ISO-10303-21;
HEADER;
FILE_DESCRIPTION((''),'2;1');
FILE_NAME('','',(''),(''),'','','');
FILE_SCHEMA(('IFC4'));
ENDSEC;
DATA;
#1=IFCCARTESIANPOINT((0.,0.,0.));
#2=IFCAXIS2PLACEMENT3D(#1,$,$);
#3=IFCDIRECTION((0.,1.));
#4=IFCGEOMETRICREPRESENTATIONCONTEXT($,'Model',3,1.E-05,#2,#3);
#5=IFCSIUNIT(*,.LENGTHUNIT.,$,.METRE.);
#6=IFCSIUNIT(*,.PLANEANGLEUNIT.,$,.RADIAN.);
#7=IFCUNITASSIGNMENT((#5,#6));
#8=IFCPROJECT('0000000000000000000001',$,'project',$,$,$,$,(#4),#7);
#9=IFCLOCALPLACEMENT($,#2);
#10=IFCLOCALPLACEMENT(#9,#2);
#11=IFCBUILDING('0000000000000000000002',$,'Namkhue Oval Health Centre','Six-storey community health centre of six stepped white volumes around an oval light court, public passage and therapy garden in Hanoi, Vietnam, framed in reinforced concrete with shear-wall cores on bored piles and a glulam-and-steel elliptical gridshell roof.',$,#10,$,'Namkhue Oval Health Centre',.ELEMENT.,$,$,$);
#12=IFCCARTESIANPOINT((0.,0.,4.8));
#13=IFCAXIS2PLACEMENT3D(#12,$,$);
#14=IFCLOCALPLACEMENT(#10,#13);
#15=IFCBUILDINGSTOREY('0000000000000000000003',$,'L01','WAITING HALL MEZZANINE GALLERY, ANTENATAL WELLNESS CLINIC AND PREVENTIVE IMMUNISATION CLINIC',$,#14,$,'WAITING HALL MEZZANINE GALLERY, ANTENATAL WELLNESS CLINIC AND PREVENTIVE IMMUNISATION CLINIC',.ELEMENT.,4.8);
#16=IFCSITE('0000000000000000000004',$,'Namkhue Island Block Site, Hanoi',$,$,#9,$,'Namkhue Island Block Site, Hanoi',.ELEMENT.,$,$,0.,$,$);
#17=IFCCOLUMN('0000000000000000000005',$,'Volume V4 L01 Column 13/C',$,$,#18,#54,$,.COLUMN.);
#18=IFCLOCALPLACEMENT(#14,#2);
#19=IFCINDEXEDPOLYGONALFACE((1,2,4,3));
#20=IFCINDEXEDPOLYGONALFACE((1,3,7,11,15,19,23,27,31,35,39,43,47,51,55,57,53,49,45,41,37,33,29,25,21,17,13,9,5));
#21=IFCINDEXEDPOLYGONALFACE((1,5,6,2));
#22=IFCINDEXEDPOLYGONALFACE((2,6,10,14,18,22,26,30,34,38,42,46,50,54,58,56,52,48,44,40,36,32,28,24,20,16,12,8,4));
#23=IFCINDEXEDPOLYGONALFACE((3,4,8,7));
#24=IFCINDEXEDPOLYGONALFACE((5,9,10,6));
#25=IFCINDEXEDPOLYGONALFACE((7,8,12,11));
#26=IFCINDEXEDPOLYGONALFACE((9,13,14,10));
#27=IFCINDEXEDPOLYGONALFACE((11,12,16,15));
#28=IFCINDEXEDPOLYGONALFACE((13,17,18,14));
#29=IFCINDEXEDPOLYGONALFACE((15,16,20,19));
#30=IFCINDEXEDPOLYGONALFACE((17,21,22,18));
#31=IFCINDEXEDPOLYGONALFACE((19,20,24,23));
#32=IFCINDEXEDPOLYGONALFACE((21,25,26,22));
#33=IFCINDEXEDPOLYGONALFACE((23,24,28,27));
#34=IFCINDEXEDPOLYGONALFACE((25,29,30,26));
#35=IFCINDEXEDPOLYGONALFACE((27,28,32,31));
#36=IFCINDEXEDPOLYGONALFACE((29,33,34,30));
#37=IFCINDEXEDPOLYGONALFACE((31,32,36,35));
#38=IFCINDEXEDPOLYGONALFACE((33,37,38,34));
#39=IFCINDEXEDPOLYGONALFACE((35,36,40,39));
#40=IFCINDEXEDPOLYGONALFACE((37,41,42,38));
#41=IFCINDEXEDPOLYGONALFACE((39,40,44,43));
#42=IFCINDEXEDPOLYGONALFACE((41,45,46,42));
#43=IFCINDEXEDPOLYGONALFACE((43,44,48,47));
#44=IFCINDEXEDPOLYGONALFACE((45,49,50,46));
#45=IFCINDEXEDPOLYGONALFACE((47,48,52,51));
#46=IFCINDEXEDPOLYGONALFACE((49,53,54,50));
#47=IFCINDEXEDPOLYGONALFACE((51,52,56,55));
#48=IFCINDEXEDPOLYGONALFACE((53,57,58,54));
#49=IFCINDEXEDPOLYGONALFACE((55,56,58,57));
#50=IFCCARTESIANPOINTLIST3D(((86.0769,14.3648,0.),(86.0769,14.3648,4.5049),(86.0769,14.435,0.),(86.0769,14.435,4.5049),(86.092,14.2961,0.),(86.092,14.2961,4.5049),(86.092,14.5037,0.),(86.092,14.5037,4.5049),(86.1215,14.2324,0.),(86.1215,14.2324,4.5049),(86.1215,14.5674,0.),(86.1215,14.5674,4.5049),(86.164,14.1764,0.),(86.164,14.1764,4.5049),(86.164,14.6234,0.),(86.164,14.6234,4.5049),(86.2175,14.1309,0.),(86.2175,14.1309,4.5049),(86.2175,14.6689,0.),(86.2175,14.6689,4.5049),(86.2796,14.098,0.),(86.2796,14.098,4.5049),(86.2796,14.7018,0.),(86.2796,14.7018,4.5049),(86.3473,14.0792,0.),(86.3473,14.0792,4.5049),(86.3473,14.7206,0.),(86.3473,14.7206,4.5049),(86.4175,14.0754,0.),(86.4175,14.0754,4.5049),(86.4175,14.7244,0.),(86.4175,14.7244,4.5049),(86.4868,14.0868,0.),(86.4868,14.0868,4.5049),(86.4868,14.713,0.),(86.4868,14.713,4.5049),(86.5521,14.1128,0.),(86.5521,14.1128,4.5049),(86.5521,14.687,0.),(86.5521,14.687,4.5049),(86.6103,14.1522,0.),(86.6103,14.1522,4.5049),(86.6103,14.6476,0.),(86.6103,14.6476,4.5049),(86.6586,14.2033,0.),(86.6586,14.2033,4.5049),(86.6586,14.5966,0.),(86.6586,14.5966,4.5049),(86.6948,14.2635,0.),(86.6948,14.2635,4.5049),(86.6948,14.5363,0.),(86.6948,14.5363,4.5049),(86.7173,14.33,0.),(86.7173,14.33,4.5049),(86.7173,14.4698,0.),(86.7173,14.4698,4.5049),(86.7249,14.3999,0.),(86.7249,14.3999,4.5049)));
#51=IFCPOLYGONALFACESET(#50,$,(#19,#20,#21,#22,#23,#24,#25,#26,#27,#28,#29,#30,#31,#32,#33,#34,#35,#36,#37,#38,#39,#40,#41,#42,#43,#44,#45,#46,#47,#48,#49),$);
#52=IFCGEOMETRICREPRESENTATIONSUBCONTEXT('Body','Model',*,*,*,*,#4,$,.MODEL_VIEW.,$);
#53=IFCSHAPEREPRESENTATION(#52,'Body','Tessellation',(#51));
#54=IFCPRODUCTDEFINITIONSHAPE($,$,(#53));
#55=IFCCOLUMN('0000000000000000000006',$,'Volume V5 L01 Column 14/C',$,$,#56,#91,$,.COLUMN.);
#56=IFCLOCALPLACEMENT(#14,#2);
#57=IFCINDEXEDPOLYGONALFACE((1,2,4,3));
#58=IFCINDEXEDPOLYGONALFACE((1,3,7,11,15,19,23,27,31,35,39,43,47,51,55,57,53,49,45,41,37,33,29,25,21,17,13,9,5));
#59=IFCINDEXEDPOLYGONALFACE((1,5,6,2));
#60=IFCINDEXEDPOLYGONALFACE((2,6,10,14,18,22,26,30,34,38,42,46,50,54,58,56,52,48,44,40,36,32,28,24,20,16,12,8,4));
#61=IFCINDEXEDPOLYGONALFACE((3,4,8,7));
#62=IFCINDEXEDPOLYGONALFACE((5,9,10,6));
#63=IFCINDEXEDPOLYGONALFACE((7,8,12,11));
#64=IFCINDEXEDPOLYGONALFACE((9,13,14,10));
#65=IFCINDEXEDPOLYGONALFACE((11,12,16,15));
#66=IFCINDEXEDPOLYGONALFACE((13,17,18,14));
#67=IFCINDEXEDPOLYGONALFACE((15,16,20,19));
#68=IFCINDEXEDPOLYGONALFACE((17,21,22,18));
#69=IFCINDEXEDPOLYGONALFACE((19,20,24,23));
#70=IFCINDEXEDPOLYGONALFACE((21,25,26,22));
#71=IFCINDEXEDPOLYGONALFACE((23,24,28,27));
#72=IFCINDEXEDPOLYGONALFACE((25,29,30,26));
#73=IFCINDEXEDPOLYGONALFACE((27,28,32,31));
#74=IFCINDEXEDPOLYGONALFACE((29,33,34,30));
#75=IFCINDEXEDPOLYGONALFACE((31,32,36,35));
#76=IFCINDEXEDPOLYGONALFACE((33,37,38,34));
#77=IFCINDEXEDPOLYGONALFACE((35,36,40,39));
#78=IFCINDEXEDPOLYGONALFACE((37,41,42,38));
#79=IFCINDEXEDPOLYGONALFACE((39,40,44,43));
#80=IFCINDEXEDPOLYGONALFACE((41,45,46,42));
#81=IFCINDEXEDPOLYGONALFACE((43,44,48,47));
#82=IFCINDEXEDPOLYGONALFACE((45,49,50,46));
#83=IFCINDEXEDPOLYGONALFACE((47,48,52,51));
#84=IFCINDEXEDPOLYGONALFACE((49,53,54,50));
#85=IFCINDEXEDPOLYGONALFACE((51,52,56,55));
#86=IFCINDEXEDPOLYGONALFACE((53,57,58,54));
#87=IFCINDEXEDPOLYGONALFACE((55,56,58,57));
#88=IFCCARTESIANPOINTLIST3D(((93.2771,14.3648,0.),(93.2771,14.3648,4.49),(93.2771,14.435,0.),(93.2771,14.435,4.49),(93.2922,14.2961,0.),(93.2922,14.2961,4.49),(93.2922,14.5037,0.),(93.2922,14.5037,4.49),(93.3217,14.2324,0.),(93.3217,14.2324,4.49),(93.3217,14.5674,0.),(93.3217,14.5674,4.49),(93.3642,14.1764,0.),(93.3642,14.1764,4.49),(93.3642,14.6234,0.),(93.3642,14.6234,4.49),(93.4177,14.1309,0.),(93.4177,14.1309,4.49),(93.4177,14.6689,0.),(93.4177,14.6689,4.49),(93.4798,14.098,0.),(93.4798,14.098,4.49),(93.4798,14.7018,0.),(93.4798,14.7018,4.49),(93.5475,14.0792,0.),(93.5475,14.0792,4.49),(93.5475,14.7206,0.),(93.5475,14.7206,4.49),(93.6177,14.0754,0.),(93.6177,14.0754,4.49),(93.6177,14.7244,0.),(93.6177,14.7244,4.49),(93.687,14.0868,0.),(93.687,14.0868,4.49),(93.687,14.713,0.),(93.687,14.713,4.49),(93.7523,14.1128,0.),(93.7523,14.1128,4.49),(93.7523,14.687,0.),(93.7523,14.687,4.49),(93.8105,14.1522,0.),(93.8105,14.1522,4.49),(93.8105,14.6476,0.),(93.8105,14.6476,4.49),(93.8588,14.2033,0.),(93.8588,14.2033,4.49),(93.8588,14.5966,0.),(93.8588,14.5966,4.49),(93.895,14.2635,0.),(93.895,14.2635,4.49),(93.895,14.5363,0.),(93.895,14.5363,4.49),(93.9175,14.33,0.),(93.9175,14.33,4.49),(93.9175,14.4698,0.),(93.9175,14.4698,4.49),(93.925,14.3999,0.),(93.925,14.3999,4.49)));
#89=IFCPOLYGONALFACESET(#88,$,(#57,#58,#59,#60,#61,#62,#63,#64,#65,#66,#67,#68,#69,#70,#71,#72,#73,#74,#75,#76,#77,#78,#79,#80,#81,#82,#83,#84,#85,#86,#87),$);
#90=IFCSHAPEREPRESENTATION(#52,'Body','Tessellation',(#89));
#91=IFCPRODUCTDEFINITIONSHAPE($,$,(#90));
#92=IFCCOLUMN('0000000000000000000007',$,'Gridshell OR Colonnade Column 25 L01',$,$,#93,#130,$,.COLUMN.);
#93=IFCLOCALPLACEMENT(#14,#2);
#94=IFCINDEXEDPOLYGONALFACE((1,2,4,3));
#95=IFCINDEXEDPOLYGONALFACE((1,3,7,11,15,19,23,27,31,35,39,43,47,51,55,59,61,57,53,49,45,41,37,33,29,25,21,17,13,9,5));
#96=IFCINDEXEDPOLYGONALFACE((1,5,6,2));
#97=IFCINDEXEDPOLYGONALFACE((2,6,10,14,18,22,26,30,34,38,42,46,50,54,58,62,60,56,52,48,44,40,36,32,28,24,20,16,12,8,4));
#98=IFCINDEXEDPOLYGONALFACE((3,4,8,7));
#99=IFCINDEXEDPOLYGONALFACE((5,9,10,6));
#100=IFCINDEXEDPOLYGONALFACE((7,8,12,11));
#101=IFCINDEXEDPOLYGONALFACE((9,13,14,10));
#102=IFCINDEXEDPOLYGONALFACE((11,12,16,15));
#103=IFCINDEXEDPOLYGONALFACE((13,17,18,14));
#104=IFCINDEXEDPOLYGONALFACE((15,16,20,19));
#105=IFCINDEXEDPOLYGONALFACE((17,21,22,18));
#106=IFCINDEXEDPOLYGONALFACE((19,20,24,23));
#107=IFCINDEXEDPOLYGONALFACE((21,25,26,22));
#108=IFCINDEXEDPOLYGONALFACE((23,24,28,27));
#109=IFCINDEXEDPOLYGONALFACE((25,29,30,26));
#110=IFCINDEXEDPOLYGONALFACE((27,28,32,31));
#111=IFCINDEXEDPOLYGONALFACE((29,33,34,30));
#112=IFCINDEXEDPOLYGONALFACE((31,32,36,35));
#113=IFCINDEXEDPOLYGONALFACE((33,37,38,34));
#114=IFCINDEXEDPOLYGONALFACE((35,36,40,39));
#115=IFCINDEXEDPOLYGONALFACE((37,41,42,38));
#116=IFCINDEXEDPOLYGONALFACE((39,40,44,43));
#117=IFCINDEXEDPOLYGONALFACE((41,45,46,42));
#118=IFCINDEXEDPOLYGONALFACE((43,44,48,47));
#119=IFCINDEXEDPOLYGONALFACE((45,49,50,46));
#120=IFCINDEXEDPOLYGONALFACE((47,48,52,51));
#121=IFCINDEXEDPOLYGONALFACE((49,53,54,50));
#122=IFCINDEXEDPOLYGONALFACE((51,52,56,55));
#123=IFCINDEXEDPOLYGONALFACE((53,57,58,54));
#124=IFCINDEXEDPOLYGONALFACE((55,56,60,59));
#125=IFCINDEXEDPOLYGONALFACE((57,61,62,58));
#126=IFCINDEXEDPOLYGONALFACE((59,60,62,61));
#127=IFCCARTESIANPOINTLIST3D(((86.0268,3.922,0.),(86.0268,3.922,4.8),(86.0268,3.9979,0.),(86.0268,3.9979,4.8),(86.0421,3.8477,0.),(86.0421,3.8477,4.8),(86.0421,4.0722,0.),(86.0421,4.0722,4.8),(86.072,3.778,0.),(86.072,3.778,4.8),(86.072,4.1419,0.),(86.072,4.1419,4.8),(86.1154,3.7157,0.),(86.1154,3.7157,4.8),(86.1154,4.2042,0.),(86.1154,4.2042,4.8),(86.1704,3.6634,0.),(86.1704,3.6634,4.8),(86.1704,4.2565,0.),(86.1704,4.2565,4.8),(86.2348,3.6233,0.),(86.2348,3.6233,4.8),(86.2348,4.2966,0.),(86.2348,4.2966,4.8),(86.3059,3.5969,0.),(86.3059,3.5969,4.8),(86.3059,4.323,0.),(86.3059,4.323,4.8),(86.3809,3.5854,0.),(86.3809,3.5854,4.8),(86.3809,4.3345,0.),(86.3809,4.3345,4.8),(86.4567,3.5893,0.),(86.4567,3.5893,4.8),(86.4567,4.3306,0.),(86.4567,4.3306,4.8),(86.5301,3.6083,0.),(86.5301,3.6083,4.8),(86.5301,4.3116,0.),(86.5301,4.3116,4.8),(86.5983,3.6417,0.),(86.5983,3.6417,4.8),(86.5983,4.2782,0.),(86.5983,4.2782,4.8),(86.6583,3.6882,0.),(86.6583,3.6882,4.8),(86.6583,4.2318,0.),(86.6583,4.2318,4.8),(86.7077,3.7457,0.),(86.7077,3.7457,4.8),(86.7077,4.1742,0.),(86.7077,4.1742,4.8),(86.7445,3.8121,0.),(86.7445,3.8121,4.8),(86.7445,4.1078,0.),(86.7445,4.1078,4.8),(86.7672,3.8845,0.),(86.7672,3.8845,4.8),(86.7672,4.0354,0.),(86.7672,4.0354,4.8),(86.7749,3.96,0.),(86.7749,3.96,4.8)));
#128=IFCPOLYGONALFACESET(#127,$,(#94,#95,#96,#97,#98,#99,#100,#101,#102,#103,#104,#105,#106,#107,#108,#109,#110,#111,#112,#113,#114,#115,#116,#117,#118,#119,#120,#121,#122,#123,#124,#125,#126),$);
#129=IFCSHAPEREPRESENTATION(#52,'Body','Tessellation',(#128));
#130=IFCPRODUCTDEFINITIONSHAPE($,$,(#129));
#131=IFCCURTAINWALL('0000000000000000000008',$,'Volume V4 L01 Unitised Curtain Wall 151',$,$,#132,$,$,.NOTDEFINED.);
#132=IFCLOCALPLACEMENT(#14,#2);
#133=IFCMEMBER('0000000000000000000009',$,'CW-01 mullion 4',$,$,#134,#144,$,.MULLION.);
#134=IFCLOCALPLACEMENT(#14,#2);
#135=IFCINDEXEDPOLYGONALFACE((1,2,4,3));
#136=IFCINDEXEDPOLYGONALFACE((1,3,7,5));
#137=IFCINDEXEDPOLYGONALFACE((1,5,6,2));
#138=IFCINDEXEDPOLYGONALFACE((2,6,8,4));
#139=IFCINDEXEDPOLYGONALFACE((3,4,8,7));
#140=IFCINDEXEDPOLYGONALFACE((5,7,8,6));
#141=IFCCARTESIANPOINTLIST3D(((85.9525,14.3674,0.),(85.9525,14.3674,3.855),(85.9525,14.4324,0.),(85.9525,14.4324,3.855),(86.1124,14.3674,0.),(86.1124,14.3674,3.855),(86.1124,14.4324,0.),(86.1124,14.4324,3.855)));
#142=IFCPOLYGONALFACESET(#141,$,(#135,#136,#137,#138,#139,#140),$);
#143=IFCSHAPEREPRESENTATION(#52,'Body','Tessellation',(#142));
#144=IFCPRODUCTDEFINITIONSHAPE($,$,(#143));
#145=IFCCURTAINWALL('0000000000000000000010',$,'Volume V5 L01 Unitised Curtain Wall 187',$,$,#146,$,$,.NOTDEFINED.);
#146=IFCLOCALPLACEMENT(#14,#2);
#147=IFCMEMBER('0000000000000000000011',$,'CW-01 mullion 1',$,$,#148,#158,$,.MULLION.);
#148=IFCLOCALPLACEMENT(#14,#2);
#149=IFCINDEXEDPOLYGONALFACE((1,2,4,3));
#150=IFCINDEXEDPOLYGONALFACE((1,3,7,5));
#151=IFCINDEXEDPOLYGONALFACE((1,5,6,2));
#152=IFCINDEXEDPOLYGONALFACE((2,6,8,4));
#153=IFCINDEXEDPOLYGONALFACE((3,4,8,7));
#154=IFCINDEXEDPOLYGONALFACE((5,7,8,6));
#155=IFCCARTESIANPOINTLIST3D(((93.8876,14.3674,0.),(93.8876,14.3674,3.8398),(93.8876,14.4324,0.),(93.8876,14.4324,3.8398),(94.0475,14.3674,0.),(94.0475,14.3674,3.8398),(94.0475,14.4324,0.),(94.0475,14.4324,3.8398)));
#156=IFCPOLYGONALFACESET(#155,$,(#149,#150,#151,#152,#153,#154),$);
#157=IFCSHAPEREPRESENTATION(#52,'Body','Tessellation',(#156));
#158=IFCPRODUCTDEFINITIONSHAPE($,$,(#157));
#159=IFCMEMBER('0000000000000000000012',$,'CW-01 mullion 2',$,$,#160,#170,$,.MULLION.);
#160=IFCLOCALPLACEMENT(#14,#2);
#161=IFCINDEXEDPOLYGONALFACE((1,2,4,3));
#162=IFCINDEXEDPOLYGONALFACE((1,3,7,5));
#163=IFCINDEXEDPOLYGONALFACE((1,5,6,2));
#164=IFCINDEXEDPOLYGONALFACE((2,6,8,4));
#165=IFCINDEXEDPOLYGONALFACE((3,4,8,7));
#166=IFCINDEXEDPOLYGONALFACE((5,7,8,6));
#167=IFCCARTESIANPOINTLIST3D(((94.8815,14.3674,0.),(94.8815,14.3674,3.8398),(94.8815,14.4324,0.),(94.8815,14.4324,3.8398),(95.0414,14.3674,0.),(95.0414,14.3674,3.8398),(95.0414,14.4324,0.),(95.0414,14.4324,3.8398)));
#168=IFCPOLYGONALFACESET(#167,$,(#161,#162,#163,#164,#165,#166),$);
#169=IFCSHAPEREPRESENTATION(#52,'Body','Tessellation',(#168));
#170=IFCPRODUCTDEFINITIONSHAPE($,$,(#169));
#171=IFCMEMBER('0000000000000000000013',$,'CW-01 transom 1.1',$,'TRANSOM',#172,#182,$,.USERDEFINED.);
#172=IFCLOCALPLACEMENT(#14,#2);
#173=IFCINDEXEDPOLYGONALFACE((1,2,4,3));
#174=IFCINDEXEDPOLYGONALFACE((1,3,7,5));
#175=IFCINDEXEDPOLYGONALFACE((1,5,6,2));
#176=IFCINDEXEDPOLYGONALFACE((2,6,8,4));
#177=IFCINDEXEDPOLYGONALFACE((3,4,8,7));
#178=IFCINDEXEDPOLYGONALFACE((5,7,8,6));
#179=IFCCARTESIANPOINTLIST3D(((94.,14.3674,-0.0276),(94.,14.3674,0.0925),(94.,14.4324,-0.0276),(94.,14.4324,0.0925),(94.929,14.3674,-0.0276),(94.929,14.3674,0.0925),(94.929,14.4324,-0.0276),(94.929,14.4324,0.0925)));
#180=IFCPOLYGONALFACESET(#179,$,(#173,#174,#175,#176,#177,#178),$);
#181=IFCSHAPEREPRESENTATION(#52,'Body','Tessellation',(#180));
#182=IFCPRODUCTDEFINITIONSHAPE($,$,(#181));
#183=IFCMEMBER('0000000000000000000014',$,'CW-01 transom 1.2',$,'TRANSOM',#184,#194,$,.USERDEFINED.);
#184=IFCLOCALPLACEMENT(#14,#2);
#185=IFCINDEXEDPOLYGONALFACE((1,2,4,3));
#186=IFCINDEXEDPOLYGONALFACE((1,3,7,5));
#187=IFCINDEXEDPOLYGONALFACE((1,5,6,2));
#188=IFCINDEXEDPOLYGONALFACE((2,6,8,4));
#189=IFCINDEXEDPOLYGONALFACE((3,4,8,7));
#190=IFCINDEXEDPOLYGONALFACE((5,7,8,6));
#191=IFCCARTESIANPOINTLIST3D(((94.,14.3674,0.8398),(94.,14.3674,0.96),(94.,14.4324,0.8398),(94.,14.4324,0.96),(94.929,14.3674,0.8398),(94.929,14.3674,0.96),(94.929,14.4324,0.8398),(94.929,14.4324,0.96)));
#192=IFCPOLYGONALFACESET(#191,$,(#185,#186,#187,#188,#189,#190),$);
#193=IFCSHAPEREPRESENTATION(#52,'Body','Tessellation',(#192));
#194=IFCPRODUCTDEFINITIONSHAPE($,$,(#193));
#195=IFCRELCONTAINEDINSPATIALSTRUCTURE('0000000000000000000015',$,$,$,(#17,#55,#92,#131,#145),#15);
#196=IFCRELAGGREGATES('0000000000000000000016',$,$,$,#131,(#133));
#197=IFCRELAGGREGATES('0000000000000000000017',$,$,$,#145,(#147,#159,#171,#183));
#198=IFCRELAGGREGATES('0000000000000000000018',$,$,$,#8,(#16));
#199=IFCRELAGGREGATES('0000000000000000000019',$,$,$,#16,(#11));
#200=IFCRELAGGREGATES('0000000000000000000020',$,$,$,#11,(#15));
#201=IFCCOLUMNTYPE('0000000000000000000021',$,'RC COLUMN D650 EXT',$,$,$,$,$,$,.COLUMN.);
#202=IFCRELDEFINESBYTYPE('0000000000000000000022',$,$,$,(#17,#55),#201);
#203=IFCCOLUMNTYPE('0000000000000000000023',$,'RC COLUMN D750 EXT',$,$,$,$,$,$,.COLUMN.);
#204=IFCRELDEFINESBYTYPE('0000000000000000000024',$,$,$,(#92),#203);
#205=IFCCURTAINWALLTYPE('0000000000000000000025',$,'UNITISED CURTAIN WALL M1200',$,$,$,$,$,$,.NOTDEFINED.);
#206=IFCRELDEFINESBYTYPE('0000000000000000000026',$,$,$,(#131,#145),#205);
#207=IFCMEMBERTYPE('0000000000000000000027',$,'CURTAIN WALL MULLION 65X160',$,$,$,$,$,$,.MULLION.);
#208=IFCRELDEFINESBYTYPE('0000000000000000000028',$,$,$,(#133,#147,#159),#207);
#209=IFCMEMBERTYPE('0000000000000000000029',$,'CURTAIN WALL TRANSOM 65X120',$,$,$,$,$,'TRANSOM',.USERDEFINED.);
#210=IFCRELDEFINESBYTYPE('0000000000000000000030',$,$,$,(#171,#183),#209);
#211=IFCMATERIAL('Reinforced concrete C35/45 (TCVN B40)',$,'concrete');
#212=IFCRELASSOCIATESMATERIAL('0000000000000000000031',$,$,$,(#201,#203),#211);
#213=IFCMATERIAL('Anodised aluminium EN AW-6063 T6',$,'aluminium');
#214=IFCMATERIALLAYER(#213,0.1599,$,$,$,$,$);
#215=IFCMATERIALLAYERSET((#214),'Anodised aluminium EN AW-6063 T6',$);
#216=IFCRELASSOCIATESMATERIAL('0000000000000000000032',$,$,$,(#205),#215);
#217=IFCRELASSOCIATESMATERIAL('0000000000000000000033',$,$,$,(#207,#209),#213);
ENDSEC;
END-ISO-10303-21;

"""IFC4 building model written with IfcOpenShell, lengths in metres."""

from ifc_helpers import new_model, si_unit, direction, frame, origin, origin_2d, place, context, subcontext, project, spatial, rectangle, circle, extrude, material, layer, layer_set, material_profile, profile_set, type_object, element, aggregate, save


model = new_model("IFC4")

# Units and contexts
model_context = context("Model", 3, precision=1e-05, world=origin(), true_north=direction((0.0, 1.0)))
body_context = subcontext(model_context, "Body", "Model", "MODEL_VIEW")
ifc_project = project(units=[si_unit("LENGTHUNIT", "METRE"), si_unit("PLANEANGLEUNIT", "RADIAN")], contexts=[model_context])

# Site, building, storey
site_placement = place(None, origin())
site = spatial("IfcSite", under=ifc_project, at=site_placement, Name="Namkhue Island Block Site, Hanoi", LongName="Namkhue Island Block Site, Hanoi", CompositionType="ELEMENT", RefElevation=0.0)
building_placement = place(site_placement, origin())
building = spatial("IfcBuilding", under=site, at=building_placement, Name="Namkhue Oval Health Centre", Description="Six-storey community health centre of six stepped white volumes around an oval light court, public passage and therapy garden in Hanoi, Vietnam, framed in reinforced concrete with shear-wall cores on bored piles and a glulam-and-steel elliptical gridshell roof.", LongName="Namkhue Oval Health Centre", CompositionType="ELEMENT")
storey_placement = place(building_placement, frame((0.0, 0.0, 4.8)))
storey = spatial("IfcBuildingStorey", under=building, at=storey_placement, Name="L01", Description="WAITING HALL MEZZANINE GALLERY, ANTENATAL WELLNESS CLINIC AND PREVENTIVE IMMUNISATION CLINIC", LongName="WAITING HALL MEZZANINE GALLERY, ANTENATAL WELLNESS CLINIC AND PREVENTIVE IMMUNISATION CLINIC", CompositionType="ELEMENT", Elevation=4.8)

# Columns
ifc_material_1 = material(Name="Reinforced concrete C35/45 (TCVN B40)", Category="concrete")
ifc_material_profile_1 = material_profile(ifc_material_1, circle(Radius=0.325, at=origin_2d()), Name="RC D650")
ifc_profile_set_1 = profile_set([ifc_material_profile_1], Name="Reinforced concrete C35/45 (TCVN B40)")
column_type_1 = type_object("IfcColumnType", Name="RC COLUMN D650 EXT", PredefinedType="COLUMN", material=ifc_profile_set_1)
column_1_placement = place(storey_placement, frame((86.3999, 14.3999, 0.0), z_axis=(0.0, 0.0, 1.0), x_axis=(1.0, 0.0, 0.0)))
element("IfcColumn", 1, at=column_1_placement, inside=storey, type_object=column_type_1, Name="Volume V4 L01 Column 13/C", PredefinedType="COLUMN", context=body_context, shape_type="SweptSolid", body=[
    extrude(circle(Radius=0.325, at=origin_2d()), origin(), (0.0, 0.0, 1.0), 4.5049),
])
column_2_placement = place(storey_placement, frame((93.6001, 14.3999, 0.0), z_axis=(0.0, 0.0, 1.0), x_axis=(1.0, 0.0, 0.0)))
element("IfcColumn", 2, at=column_2_placement, inside=storey, type_object=column_type_1, Name="Volume V5 L01 Column 14/C", PredefinedType="COLUMN", context=body_context, shape_type="SweptSolid", body=[
    extrude(circle(Radius=0.325, at=origin_2d()), origin(), (0.0, 0.0, 1.0), 4.49),
])
ifc_material_profile_2 = material_profile(ifc_material_1, circle(Radius=0.375, at=origin_2d()), Name="RC D750")
ifc_profile_set_2 = profile_set([ifc_material_profile_2], Name="Reinforced concrete C35/45 (TCVN B40)")
column_type_2 = type_object("IfcColumnType", Name="RC COLUMN D750 EXT", PredefinedType="COLUMN", material=ifc_profile_set_2)
column_3_placement = place(storey_placement, frame((86.3999, 3.96, 0.0), z_axis=(0.0, 0.0, 1.0), x_axis=(1.0, 0.0, 0.0)))
element("IfcColumn", 3, at=column_3_placement, inside=storey, type_object=column_type_2, Name="Gridshell OR Colonnade Column 25 L01", PredefinedType="COLUMN", context=body_context, shape_type="SweptSolid", body=[
    extrude(circle(Radius=0.375, at=origin_2d()), origin(), (0.0, 0.0, 1.0), 4.8),
])

# Curtain wall, member
ifc_material_2 = material(Name="Anodised aluminium EN AW-6063 T6", Category="aluminium")
ifc_layer_1 = layer(ifc_material_2, 0.1599)
ifc_layer_set_1 = layer_set([ifc_layer_1], Name="Anodised aluminium EN AW-6063 T6")
curtain_wall_type = type_object("IfcCurtainWallType", Name="UNITISED CURTAIN WALL M1200", PredefinedType="NOTDEFINED", material=ifc_layer_set_1)
curtain_wall_1_placement = place(storey_placement, origin())
curtain_wall_1 = element("IfcCurtainWall", 4, at=curtain_wall_1_placement, inside=storey, type_object=curtain_wall_type, Name="Volume V4 L01 Unitised Curtain Wall 151", PredefinedType="NOTDEFINED")
ifc_material_profile_3 = material_profile(ifc_material_2, rectangle(XDim=0.0649, YDim=0.1599, at=origin_2d()), Name="ALU 65x160")
ifc_profile_set_3 = profile_set([ifc_material_profile_3], Name="Anodised aluminium EN AW-6063 T6")
member_type_1 = type_object("IfcMemberType", Name="CURTAIN WALL MULLION 65X160", PredefinedType="MULLION", material=ifc_profile_set_3)
member_1_placement = place(storey_placement, frame((86.0325, 14.3999, 0.0), z_axis=(0.0, 0.0, 1.0), x_axis=(0.0, 1.0, 0.0)))
member_1 = element("IfcMember", 5, at=member_1_placement, type_object=member_type_1, Name="CW-01 mullion 4", PredefinedType="MULLION", context=body_context, shape_type="SweptSolid", body=[
    extrude(rectangle(XDim=0.0649, YDim=0.1599, at=origin_2d()), origin(), (0.0, 0.0, 1.0), 3.855),
])

# Curtain wall, members
curtain_wall_2_placement = place(storey_placement, origin())
curtain_wall_2 = element("IfcCurtainWall", 6, at=curtain_wall_2_placement, inside=storey, type_object=curtain_wall_type, Name="Volume V5 L01 Unitised Curtain Wall 187", PredefinedType="NOTDEFINED")
member_2_placement = place(storey_placement, frame((93.9675, 14.3999, 0.0), z_axis=(0.0, 0.0, 1.0), x_axis=(0.0, 1.0, 0.0)))
member_2 = element("IfcMember", 7, at=member_2_placement, type_object=member_type_1, Name="CW-01 mullion 1", PredefinedType="MULLION", context=body_context, shape_type="SweptSolid", body=[
    extrude(rectangle(XDim=0.0649, YDim=0.1599, at=origin_2d()), origin(), (0.0, 0.0, 1.0), 3.8398),
])
member_3_placement = place(storey_placement, frame((94.9614, 14.3999, 0.0), z_axis=(0.0, 0.0, 1.0), x_axis=(0.0, 1.0, 0.0)))
member_3 = element("IfcMember", 8, at=member_3_placement, type_object=member_type_1, Name="CW-01 mullion 2", PredefinedType="MULLION", context=body_context, shape_type="SweptSolid", body=[
    extrude(rectangle(XDim=0.0649, YDim=0.1599, at=origin_2d()), origin(), (0.0, 0.0, 1.0), 3.8398),
])
ifc_material_profile_4 = material_profile(ifc_material_2, rectangle(XDim=0.0649, YDim=0.1201, at=origin_2d()), Name="ALU 65x120")
ifc_profile_set_4 = profile_set([ifc_material_profile_4], Name="Anodised aluminium EN AW-6063 T6")
member_type_2 = type_object("IfcMemberType", Name="CURTAIN WALL TRANSOM 65X120", ElementType="TRANSOM", PredefinedType="USERDEFINED", material=ifc_profile_set_4)
member_4_placement = place(storey_placement, frame((94.0, 14.3999, 0.0325), z_axis=(1.0, 0.0, 0.0), x_axis=(0.0, 1.0, 0.0)))
member_4 = element("IfcMember", 9, at=member_4_placement, type_object=member_type_2, Name="CW-01 transom 1.1", ObjectType="TRANSOM", PredefinedType="USERDEFINED", context=body_context, shape_type="SweptSolid", body=[
    extrude(rectangle(XDim=0.0649, YDim=0.1201, at=origin_2d()), origin(), (0.0, 0.0, 1.0), 0.929),
])
member_5_placement = place(storey_placement, frame((94.0, 14.3999, 0.8999), z_axis=(1.0, 0.0, 0.0), x_axis=(0.0, 1.0, 0.0)))
member_5 = element("IfcMember", 10, at=member_5_placement, type_object=member_type_2, Name="CW-01 transom 1.2", ObjectType="TRANSOM", PredefinedType="USERDEFINED", context=body_context, shape_type="SweptSolid", body=[
    extrude(rectangle(XDim=0.0649, YDim=0.1201, at=origin_2d()), origin(), (0.0, 0.0, 1.0), 0.929),
])

aggregate(curtain_wall_1, [member_1])
aggregate(curtain_wall_2, [member_2, member_3, member_4, member_5])

save(model, "model.ifc")
